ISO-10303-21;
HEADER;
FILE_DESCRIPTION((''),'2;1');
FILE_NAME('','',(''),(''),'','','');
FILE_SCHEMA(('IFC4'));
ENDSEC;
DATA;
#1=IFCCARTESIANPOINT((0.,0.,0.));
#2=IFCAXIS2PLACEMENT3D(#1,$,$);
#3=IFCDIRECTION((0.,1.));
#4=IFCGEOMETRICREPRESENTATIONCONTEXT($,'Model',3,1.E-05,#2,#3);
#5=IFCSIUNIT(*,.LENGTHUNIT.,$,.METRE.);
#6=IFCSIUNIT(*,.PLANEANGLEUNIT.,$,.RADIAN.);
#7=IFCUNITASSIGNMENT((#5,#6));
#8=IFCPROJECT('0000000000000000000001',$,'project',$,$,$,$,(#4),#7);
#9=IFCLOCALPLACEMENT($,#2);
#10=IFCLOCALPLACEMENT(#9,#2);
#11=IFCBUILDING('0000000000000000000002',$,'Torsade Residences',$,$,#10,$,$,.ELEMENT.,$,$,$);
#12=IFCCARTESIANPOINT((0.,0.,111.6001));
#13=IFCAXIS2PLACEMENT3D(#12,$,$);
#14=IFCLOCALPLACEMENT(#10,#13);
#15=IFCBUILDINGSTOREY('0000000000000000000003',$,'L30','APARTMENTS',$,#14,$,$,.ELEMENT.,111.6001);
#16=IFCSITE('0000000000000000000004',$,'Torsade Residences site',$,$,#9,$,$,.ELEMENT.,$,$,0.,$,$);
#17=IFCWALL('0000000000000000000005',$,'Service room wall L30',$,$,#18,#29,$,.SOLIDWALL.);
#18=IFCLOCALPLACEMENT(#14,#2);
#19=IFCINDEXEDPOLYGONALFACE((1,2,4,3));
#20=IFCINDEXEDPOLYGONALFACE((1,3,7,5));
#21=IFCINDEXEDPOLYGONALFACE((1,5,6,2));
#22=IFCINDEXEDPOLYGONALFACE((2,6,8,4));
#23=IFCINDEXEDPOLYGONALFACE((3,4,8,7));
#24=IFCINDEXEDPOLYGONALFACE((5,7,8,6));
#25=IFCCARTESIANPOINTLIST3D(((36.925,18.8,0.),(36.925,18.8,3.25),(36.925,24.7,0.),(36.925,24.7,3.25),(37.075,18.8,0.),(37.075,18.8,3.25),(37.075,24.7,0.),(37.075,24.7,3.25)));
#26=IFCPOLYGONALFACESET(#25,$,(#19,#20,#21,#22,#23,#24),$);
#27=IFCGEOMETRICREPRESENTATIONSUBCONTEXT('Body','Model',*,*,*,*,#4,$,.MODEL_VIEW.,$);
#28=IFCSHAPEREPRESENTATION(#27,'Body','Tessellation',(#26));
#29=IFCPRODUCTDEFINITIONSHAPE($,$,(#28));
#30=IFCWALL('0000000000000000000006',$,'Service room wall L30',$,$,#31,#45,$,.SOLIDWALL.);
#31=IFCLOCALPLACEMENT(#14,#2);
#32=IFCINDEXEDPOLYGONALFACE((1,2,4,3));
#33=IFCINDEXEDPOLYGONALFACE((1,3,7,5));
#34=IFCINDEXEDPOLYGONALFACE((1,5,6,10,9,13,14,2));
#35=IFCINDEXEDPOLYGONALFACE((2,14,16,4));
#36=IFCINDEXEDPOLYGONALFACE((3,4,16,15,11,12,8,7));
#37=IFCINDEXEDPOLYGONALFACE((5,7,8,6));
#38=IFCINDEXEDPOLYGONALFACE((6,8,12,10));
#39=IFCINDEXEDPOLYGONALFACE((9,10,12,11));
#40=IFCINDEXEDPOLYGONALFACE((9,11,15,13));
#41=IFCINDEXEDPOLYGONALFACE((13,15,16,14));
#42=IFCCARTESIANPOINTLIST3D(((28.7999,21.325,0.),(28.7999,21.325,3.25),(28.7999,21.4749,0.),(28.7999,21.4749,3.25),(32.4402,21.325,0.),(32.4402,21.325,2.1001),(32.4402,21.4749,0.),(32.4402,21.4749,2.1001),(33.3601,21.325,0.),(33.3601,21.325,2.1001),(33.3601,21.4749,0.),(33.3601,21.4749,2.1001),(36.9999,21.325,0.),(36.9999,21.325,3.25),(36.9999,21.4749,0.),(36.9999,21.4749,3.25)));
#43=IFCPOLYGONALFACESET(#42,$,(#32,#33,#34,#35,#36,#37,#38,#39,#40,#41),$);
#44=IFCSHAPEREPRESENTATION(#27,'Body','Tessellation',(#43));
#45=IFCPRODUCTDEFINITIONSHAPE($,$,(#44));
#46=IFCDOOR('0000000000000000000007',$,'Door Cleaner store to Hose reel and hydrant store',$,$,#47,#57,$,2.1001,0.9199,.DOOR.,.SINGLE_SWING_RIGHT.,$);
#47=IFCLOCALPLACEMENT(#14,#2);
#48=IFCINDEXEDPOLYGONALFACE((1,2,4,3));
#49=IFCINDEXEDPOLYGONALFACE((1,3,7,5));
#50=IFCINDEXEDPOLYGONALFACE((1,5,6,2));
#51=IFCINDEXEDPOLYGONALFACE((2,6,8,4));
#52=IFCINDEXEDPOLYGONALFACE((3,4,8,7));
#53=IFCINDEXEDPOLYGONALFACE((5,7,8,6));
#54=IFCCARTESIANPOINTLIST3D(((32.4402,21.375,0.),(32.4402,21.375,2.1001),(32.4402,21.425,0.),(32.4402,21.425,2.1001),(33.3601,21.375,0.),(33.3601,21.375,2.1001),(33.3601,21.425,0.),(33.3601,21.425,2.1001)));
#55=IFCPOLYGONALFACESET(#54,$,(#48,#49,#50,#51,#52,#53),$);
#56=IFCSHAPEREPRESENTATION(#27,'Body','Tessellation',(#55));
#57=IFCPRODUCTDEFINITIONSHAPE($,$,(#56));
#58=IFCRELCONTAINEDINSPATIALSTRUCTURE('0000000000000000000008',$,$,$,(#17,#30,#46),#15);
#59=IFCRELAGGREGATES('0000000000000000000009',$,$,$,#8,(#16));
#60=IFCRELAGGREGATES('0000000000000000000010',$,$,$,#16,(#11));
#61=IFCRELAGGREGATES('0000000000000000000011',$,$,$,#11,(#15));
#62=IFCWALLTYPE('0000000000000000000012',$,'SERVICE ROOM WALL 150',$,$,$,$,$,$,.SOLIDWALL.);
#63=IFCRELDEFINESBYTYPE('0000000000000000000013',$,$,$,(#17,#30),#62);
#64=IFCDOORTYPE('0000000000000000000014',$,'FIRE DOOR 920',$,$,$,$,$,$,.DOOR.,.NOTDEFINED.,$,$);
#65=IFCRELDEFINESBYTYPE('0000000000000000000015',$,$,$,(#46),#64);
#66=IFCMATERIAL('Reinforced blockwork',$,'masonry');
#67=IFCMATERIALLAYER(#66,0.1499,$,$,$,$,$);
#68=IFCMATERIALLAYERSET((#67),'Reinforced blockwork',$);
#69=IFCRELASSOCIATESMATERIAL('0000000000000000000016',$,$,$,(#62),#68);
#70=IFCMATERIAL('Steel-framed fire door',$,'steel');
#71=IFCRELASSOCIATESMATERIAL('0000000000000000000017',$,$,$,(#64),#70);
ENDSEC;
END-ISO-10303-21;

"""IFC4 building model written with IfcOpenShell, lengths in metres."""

from ifc_helpers import new_model, si_unit, direction, frame, frame_2d, origin, place, context, subcontext, project, spatial, rectangle, extrude, material, layer, layer_set, type_object, element, fill, save


model = new_model("IFC4")

# Units and contexts
model_context = context("Model", 3, precision=1e-05, world=origin(), true_north=direction((0.0, 1.0)))
body_context = subcontext(model_context, "Body", "Model", "MODEL_VIEW")
ifc_project = project(units=[si_unit("LENGTHUNIT", "METRE"), si_unit("PLANEANGLEUNIT", "RADIAN")], contexts=[model_context])

# Site, building, storey
site_placement = place(None, origin())
site = spatial("IfcSite", under=ifc_project, at=site_placement, Name="Torsade Residences site", CompositionType="ELEMENT", RefElevation=0.0)
building_placement = place(site_placement, origin())
building = spatial("IfcBuilding", under=site, at=building_placement, Name="Torsade Residences", CompositionType="ELEMENT")
storey_placement = place(building_placement, frame((0.0, 0.0, 111.6001)))
storey = spatial("IfcBuildingStorey", under=building, at=storey_placement, Name="L30", Description="APARTMENTS", CompositionType="ELEMENT", Elevation=111.6001)

# Wall
ifc_material_1 = material(Name="Reinforced blockwork", Category="masonry")
ifc_layer_1 = layer(ifc_material_1, 0.1499)
ifc_layer_set_1 = layer_set([ifc_layer_1], Name="Reinforced blockwork")
wall_type_1 = type_object("IfcWallType", Name="SERVICE ROOM WALL 150", PredefinedType="SOLIDWALL", material=ifc_layer_set_1)
wall_1_placement = place(storey_placement, frame((37.0, 18.8, 0.0), z_axis=(0.0, 0.0, 1.0), x_axis=(0.0, 1.0, 0.0)))
element("IfcWall", 1, at=wall_1_placement, inside=storey, type_object=wall_type_1, Name="Service room wall L30", PredefinedType="SOLIDWALL", context=body_context, shape_type="SweptSolid", body=[
    extrude(rectangle(XDim=5.8999, YDim=0.1499, at=frame_2d((2.95, 0.0))), origin(), (0.0, 0.0, 1.0), 3.25),
])

# Wall, opening, door
wall_2_placement = place(storey_placement, frame((37.0, 21.3999, 0.0), z_axis=(0.0, 0.0, 1.0), x_axis=(-1.0, 0.0, 0.0)))
wall_2 = element("IfcWall", 2, at=wall_2_placement, inside=storey, type_object=wall_type_1, Name="Service room wall L30", PredefinedType="SOLIDWALL", context=body_context, shape_type="SweptSolid", body=[
    extrude(rectangle(XDim=8.2, YDim=0.1499, at=frame_2d((4.1001, 0.0))), origin(), (0.0, 0.0, 1.0), 3.25),
])
opening_1_placement = place(wall_2_placement, frame((3.6399, 0.0, 0.0)))
opening_1 = element("IfcOpeningElement", 3, at=opening_1_placement, cuts=wall_2, PredefinedType="OPENING", context=body_context, shape_type="SweptSolid", body=[
    extrude(rectangle(XDim=0.9199, YDim=2.1001, at=frame_2d((0.46, 1.05))), frame((0.0, 0.085, 0.0), z_axis=(0.0, -1.0, 0.0), x_axis=(1.0, 0.0, 0.0)), (0.0, 0.0, 1.0), 0.1699),
])
ifc_material_2 = material(Name="Steel-framed fire door", Category="steel")
door_type_1 = type_object("IfcDoorType", Name="FIRE DOOR 920", OperationType="NOTDEFINED", PredefinedType="DOOR", material=ifc_material_2)
door_1_placement = place(opening_1_placement, origin())
door_1 = element("IfcDoor", 4, at=door_1_placement, inside=storey, type_object=door_type_1, Name="Door Cleaner store to Hose reel and hydrant store", OperationType="SINGLE_SWING_RIGHT", OverallHeight=2.1001, OverallWidth=0.9199, PredefinedType="DOOR", context=body_context, shape_type="SweptSolid", body=[
    extrude(rectangle(XDim=0.9199, YDim=2.1001, at=frame_2d((0.46, 1.05))), frame((0.0, 0.0249, 0.0), z_axis=(0.0, -1.0, 0.0), x_axis=(1.0, 0.0, 0.0)), (0.0, 0.0, 1.0), 0.05),
])
fill(opening_1, door_1)

save(model, "model.ifc")
